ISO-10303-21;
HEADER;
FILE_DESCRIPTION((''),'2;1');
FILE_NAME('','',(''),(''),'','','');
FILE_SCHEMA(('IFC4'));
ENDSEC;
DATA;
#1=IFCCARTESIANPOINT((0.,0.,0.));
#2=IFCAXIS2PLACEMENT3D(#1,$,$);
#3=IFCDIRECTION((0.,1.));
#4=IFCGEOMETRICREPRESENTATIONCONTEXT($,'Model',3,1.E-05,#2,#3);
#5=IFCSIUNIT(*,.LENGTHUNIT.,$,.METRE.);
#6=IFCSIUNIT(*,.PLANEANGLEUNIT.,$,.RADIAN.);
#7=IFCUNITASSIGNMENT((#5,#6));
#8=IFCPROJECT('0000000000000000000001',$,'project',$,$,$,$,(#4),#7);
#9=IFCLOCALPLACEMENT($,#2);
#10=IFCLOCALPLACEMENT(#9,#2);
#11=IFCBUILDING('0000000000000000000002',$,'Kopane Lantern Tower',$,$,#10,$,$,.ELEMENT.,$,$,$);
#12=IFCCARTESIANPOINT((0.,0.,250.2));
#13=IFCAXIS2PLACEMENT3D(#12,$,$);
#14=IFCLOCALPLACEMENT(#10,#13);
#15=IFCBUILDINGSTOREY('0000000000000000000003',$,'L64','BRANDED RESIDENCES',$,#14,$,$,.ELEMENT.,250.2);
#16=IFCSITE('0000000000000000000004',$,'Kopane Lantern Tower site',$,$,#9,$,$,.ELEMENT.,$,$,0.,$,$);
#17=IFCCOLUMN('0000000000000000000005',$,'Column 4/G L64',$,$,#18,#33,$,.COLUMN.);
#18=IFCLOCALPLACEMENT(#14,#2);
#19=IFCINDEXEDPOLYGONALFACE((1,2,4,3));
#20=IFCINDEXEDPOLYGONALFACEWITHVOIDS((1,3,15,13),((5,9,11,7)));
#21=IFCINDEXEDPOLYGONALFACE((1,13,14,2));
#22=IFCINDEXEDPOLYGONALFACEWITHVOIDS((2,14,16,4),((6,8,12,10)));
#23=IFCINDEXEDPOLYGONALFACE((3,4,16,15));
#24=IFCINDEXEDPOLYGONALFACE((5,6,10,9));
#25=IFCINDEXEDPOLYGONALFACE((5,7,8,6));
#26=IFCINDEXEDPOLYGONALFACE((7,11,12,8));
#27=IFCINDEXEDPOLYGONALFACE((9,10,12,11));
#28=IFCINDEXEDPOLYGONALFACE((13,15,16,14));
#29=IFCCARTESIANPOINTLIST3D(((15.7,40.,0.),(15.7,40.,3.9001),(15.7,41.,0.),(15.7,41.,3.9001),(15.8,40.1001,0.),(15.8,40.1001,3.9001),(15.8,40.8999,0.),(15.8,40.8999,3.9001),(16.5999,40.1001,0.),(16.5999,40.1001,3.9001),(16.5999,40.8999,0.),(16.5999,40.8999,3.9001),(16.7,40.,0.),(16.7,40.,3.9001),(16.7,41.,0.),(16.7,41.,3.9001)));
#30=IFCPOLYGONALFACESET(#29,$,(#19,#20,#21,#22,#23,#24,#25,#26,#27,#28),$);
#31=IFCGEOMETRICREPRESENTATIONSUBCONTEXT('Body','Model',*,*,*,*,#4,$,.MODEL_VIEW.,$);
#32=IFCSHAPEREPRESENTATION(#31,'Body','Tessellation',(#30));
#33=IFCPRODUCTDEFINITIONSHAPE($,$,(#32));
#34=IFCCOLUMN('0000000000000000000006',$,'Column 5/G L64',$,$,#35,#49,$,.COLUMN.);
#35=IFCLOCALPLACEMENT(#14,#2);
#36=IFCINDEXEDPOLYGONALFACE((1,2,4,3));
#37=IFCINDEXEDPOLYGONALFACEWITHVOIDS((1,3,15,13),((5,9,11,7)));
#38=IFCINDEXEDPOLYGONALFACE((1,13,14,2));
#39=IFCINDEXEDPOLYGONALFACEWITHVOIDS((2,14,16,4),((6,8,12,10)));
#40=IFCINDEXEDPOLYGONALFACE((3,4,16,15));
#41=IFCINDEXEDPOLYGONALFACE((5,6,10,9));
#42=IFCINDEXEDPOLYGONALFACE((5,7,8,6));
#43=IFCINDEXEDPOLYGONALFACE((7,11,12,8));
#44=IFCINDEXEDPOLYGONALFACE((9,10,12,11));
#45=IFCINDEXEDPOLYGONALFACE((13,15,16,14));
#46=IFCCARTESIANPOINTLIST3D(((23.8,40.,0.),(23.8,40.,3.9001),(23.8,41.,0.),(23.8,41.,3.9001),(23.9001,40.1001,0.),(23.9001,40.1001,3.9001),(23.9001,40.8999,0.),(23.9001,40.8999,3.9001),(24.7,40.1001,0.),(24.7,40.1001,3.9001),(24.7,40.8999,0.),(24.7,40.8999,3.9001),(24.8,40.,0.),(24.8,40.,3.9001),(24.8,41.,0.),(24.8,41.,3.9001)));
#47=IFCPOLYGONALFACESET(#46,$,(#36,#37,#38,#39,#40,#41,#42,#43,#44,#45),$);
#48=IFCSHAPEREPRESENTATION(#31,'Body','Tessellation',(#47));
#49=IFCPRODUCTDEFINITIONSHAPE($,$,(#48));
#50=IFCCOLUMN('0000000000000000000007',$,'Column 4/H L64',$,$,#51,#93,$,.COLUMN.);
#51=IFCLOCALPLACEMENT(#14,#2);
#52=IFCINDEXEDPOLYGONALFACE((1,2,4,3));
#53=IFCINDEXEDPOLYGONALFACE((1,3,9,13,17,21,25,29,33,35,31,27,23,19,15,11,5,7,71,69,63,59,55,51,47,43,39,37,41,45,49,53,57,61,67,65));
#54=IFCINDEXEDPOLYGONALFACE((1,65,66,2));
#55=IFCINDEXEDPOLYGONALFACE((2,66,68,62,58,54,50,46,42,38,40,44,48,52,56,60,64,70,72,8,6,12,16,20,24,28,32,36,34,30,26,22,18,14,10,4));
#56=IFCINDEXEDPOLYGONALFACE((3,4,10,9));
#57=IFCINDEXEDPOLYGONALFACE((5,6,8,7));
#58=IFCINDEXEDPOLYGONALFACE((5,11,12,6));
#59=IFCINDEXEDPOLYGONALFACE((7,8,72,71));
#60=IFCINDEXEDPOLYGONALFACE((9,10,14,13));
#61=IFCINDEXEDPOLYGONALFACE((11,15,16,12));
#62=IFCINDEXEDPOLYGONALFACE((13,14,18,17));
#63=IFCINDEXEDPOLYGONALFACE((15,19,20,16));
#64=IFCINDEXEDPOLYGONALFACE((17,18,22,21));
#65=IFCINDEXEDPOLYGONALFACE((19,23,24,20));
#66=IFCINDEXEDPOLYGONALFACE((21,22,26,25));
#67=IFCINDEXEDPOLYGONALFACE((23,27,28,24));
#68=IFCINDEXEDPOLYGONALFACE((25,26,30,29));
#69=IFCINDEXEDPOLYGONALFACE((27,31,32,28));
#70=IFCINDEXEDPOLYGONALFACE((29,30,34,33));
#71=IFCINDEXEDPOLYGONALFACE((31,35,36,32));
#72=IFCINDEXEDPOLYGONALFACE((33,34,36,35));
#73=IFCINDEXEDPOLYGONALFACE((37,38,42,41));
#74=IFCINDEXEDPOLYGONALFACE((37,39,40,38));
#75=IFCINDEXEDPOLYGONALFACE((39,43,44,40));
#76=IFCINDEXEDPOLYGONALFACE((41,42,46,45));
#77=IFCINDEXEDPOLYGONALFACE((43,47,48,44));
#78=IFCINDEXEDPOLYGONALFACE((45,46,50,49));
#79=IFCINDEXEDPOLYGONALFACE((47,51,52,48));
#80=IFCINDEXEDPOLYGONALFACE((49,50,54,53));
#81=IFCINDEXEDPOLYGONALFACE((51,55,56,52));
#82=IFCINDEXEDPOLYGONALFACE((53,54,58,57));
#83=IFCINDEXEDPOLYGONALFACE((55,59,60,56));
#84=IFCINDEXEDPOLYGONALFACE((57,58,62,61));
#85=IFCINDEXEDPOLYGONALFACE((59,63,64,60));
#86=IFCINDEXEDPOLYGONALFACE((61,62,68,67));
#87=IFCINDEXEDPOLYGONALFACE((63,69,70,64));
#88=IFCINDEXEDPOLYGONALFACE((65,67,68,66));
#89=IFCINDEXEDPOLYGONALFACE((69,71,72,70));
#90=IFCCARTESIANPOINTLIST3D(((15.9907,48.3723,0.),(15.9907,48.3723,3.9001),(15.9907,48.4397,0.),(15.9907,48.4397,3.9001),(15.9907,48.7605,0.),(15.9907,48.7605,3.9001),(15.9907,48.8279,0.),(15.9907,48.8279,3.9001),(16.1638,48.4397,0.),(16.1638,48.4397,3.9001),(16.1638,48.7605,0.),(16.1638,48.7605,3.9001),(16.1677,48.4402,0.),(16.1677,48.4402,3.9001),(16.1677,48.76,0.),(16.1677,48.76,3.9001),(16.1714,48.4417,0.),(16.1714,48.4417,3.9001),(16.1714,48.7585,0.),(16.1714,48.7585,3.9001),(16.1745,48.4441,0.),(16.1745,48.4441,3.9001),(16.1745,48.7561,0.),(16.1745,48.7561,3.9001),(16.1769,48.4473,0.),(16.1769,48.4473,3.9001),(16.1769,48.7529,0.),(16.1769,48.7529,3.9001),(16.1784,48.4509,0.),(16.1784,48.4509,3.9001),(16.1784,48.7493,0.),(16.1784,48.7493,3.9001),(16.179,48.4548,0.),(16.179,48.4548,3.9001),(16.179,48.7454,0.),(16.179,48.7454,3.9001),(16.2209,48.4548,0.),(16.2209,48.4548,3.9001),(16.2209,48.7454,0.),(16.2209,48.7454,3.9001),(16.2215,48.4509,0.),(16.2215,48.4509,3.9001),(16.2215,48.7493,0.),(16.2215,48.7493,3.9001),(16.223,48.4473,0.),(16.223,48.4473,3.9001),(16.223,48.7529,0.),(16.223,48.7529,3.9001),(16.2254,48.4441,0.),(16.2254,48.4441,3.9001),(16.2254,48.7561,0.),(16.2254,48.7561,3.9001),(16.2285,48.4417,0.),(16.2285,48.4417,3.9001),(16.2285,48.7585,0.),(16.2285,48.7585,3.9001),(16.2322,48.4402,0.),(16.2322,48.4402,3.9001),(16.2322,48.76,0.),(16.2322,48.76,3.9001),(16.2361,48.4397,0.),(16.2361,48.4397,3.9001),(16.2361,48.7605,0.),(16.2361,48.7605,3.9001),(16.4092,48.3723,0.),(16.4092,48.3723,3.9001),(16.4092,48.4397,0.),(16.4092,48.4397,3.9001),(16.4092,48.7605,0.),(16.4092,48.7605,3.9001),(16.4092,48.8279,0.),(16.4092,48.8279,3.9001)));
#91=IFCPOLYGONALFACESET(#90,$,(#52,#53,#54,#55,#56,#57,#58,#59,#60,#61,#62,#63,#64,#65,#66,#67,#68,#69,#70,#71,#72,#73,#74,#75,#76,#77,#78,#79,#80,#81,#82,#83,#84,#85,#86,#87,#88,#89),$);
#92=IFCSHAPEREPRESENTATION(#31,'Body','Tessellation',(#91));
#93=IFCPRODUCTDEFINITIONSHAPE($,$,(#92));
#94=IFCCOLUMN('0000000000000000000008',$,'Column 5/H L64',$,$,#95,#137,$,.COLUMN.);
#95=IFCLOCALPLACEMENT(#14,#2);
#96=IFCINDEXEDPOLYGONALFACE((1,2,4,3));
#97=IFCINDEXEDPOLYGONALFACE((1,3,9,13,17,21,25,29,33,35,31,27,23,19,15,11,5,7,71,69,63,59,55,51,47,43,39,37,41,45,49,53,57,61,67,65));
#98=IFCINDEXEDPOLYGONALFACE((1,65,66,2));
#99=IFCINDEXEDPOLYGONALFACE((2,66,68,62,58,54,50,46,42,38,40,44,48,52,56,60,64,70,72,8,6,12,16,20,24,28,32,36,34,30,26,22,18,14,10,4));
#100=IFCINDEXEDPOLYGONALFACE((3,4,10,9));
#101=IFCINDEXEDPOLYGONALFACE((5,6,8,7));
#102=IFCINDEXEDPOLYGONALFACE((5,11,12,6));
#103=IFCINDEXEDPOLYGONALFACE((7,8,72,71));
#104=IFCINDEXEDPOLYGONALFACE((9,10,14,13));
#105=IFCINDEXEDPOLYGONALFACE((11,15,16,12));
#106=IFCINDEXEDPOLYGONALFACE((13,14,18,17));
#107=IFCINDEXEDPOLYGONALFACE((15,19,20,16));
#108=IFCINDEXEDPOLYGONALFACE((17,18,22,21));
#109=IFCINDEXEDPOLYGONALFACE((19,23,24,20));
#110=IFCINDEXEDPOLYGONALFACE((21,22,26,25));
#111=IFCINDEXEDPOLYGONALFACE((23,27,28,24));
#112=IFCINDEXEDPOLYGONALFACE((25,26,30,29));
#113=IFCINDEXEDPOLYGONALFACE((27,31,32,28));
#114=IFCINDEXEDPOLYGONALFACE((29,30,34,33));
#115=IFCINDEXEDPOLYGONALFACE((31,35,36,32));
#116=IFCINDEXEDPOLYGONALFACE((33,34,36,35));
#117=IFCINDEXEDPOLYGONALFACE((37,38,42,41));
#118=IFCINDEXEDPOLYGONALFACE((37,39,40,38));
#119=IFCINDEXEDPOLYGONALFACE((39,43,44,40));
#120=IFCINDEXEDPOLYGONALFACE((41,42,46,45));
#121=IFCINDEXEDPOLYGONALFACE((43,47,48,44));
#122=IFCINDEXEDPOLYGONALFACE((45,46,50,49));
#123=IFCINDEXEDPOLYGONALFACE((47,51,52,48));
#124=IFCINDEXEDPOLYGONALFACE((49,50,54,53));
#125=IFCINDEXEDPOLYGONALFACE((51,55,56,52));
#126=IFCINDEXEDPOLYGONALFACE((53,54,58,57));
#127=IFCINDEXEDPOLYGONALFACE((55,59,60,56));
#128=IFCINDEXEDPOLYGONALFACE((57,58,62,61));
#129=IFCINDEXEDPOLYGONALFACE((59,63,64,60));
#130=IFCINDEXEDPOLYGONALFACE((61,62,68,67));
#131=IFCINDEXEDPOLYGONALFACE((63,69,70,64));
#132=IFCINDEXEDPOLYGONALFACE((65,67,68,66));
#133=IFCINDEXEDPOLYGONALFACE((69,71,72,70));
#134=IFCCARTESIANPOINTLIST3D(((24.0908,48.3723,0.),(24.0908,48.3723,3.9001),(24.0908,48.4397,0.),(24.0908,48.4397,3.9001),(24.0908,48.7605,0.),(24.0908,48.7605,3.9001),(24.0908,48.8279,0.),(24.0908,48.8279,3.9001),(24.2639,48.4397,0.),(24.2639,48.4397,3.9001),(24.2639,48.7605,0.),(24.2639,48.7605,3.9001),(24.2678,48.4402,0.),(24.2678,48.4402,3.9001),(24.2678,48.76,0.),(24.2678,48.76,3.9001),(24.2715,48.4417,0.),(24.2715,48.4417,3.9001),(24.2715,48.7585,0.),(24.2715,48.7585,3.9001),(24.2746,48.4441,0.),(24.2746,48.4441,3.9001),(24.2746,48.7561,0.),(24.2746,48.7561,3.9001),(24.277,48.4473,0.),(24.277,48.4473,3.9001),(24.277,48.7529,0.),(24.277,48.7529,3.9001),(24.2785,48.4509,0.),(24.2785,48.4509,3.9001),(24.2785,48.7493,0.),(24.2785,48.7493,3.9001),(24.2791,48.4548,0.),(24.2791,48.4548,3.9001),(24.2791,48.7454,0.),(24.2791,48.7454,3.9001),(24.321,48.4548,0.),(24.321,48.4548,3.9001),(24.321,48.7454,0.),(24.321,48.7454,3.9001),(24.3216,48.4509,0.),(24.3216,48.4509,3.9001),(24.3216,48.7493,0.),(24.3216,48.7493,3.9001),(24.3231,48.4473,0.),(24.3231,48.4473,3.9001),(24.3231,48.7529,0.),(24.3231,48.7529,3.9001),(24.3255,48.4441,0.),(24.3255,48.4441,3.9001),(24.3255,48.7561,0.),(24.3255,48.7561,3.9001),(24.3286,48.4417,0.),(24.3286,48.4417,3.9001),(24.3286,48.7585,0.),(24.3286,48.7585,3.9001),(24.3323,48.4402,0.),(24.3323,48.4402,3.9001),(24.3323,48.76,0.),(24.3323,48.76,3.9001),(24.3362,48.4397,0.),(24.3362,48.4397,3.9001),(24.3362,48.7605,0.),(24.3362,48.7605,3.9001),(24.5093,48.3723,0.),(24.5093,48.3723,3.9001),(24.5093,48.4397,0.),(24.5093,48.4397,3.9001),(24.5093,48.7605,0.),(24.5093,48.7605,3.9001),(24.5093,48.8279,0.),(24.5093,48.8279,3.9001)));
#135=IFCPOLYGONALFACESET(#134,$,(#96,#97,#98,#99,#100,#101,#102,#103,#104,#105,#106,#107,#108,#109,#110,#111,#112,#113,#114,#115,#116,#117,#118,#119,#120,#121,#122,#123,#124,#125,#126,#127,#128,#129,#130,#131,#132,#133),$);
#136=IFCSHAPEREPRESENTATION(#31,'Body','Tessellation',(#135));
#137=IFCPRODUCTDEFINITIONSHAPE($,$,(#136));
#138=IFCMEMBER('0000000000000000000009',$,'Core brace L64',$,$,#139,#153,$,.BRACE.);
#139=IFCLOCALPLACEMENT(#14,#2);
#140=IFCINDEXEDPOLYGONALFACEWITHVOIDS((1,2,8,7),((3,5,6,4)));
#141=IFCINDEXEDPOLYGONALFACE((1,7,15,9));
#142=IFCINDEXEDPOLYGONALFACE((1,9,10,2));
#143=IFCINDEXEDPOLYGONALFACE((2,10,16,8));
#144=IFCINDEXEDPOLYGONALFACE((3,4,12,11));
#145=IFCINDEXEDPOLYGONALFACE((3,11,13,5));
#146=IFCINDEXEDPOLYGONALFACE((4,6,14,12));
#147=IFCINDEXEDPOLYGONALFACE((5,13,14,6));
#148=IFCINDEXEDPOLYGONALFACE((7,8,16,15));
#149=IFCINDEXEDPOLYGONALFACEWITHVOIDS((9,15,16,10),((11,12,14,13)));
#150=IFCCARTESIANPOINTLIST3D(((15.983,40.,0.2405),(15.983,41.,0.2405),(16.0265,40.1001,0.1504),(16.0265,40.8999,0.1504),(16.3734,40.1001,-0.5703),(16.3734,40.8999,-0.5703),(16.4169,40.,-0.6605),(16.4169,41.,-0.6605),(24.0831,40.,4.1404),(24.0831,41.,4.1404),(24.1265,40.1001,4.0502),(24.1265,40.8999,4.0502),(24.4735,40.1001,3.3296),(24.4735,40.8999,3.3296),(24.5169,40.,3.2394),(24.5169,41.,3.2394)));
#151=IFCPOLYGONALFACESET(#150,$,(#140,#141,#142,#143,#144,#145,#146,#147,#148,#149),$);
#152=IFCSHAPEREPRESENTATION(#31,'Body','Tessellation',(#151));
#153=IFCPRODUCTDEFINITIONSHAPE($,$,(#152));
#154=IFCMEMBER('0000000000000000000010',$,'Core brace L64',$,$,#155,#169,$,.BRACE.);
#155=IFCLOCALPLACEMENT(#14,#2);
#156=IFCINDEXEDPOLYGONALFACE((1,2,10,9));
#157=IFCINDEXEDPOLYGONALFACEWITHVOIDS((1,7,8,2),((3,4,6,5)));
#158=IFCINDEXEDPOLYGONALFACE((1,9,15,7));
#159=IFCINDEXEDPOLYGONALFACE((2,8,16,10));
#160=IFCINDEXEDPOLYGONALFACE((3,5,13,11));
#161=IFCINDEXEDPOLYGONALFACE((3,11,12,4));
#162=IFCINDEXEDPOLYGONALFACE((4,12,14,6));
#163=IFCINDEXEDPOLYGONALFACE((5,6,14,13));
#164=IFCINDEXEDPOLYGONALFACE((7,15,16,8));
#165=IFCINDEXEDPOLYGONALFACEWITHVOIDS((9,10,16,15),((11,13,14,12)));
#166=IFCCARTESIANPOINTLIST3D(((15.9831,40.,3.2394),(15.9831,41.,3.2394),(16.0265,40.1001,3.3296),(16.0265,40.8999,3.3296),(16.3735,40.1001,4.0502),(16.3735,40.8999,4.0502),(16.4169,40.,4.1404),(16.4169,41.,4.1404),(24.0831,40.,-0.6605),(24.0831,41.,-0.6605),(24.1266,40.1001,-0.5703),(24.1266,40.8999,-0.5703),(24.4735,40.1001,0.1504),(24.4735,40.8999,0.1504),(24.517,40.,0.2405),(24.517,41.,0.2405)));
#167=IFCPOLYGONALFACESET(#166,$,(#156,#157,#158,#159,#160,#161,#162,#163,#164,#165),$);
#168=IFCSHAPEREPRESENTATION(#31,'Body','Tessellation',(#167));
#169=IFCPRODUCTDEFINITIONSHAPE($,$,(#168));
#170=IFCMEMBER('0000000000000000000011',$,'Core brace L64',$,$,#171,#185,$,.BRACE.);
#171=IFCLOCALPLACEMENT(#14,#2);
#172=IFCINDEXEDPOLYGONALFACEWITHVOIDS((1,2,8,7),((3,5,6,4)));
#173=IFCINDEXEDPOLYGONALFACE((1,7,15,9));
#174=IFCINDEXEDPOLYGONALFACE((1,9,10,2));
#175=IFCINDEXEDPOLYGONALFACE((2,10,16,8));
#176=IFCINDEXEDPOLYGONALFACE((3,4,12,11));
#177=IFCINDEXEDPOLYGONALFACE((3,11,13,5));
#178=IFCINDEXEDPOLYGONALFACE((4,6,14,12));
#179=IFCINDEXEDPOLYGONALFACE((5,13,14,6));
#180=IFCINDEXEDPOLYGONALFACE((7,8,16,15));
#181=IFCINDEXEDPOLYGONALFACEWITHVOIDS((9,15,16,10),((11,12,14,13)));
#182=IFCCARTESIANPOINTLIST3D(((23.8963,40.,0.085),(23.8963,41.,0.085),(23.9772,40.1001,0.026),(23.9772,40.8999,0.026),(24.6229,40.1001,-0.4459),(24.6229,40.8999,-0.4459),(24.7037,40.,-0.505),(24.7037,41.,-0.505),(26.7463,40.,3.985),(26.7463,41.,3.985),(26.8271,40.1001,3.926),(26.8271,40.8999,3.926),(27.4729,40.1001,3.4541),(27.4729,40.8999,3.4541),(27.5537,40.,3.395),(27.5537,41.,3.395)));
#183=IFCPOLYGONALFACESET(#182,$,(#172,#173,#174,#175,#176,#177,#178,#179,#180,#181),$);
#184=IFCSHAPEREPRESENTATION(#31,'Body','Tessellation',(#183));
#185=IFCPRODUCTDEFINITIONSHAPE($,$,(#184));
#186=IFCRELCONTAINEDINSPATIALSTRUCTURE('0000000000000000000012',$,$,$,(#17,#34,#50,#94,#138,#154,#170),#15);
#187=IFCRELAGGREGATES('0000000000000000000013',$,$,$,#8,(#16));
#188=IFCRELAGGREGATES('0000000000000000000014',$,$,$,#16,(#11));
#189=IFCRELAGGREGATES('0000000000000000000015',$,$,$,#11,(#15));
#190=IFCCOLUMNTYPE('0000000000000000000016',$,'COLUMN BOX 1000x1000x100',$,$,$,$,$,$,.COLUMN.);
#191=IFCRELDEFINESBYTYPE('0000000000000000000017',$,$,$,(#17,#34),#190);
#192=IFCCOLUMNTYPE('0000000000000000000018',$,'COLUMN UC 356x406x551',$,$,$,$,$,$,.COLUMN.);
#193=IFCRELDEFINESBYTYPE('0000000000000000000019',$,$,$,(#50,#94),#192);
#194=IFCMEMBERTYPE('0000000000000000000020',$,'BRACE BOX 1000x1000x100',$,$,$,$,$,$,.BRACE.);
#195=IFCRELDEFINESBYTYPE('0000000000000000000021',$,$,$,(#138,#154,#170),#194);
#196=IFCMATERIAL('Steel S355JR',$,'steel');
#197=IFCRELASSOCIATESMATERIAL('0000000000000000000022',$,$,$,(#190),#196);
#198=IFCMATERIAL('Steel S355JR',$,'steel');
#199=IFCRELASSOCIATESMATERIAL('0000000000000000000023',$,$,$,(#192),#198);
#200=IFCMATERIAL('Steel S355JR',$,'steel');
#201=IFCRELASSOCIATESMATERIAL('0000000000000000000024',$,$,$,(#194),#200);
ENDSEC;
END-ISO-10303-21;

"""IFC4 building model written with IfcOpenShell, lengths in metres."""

from ifc_helpers import new_model, si_unit, direction, frame, origin, origin_2d, place, context, subcontext, project, spatial, hollow_rectangle, i_section, extrude, material, material_profile, profile_set, type_object, element, save


model = new_model("IFC4")

# Units and contexts
model_context = context("Model", 3, precision=1e-05, world=origin(), true_north=direction((0.0, 1.0)))
body_context = subcontext(model_context, "Body", "Model", "MODEL_VIEW")
ifc_project = project(units=[si_unit("LENGTHUNIT", "METRE"), si_unit("PLANEANGLEUNIT", "RADIAN")], contexts=[model_context])

# Site, building, storey
site_placement = place(None, origin())
site = spatial("IfcSite", under=ifc_project, at=site_placement, Name="Kopane Lantern Tower site", CompositionType="ELEMENT", RefElevation=0.0)
building_placement = place(site_placement, origin())
building = spatial("IfcBuilding", under=site, at=building_placement, Name="Kopane Lantern Tower", CompositionType="ELEMENT")
storey_placement = place(building_placement, frame((0.0, 0.0, 250.2)))
storey = spatial("IfcBuildingStorey", under=building, at=storey_placement, Name="L64", Description="BRANDED RESIDENCES", CompositionType="ELEMENT", Elevation=250.2)

# Columns
ifc_material_1 = material(Name="Steel S355JR", Category="steel")
ifc_material_profile_1 = material_profile(ifc_material_1, hollow_rectangle(XDim=1.0, YDim=1.0, WallThickness=0.1001, at=origin_2d()), Name="BOX 1000x1000x100")
ifc_profile_set_1 = profile_set([ifc_material_profile_1], Name="Steel S355JR")
column_type_1 = type_object("IfcColumnType", Name="COLUMN BOX 1000x1000x100", PredefinedType="COLUMN", material=ifc_profile_set_1)
for number, where, z_axis, x_axis, name in (
    (1, (16.2, 40.5, 0.0), (0.0, 0.0, 1.0), (1.0, 0.0, 0.0), "Column 4/G L64"),
    (2, (24.3, 40.5, 0.0), (0.0, 0.0, 1.0), (1.0, 0.0, 0.0), "Column 5/G L64"),
):
    element("IfcColumn", number, at=place(storey_placement, frame(where, z_axis=z_axis, x_axis=x_axis)), inside=storey, type_object=column_type_1, Name=name, PredefinedType="COLUMN", context=body_context, shape_type="SweptSolid", body=[
        extrude(hollow_rectangle(XDim=1.0, YDim=1.0, WallThickness=0.1001, at=origin_2d()), origin(), (0.0, 0.0, 1.0), 3.9001),
    ])
ifc_material_2 = material(Name="Steel S355JR", Category="steel")
ifc_material_profile_2 = material_profile(ifc_material_2, i_section(OverallWidth=0.4185, OverallDepth=0.4556, WebThickness=0.042, FlangeThickness=0.0674, FilletRadius=0.0151, at=origin_2d()), Name="UC 356x406x551")
ifc_profile_set_2 = profile_set([ifc_material_profile_2], Name="Steel S355JR")
column_type_2 = type_object("IfcColumnType", Name="COLUMN UC 356x406x551", PredefinedType="COLUMN", material=ifc_profile_set_2)
for number, where, z_axis, x_axis, name in (
    (3, (16.2, 48.6001, 0.0), (0.0, 0.0, 1.0), (1.0, 0.0, 0.0), "Column 4/H L64"),
    (4, (24.3, 48.6001, 0.0), (0.0, 0.0, 1.0), (1.0, 0.0, 0.0), "Column 5/H L64"),
):
    element("IfcColumn", number, at=place(storey_placement, frame(where, z_axis=z_axis, x_axis=x_axis)), inside=storey, type_object=column_type_2, Name=name, PredefinedType="COLUMN", context=body_context, shape_type="SweptSolid", body=[
        extrude(i_section(OverallWidth=0.4185, OverallDepth=0.4556, WebThickness=0.042, FlangeThickness=0.0674, FilletRadius=0.0151, at=origin_2d()), origin(), (0.0, 0.0, 1.0), 3.9001),
    ])

# Members
ifc_material_3 = material(Name="Steel S355JR", Category="steel")
ifc_material_profile_3 = material_profile(ifc_material_3, hollow_rectangle(XDim=1.0, YDim=1.0, WallThickness=0.1001, at=origin_2d()), Name="BOX 1000x1000x100")
ifc_profile_set_3 = profile_set([ifc_material_profile_3], Name="Steel S355JR")
member_type_1 = type_object("IfcMemberType", Name="BRACE BOX 1000x1000x100", PredefinedType="BRACE", material=ifc_profile_set_3)
for number, where, z_axis, x_axis, name in (
    (5, (16.2, 40.5, -0.21), (0.901008, 0.0, 0.433803), (0.0, 1.0, 0.0), "Core brace L64"),
    (6, (24.3, 40.5, -0.21), (-0.901008, 0.0, 0.433803), (0.0, -1.0, 0.0), "Core brace L64"),
):
    element("IfcMember", number, at=place(storey_placement, frame(where, z_axis=z_axis, x_axis=x_axis)), inside=storey, type_object=member_type_1, Name=name, PredefinedType="BRACE", context=body_context, shape_type="SweptSolid", body=[
        extrude(hollow_rectangle(XDim=1.0, YDim=1.0, WallThickness=0.1001, at=origin_2d()), origin(), (0.0, 0.0, 1.0), 8.99),
    ])
member_1_placement = place(storey_placement, frame((24.3, 40.5, -0.21), z_axis=(0.590006, 0.0, 0.807399), x_axis=(0.0, 1.0, 0.0)))
element("IfcMember", 7, at=member_1_placement, inside=storey, type_object=member_type_1, Name="Core brace L64", PredefinedType="BRACE", context=body_context, shape_type="SweptSolid", body=[
    extrude(hollow_rectangle(XDim=1.0, YDim=1.0, WallThickness=0.1001, at=origin_2d()), origin(), (0.0, 0.0, 1.0), 4.8303),
])

save(model, "model.ifc")
